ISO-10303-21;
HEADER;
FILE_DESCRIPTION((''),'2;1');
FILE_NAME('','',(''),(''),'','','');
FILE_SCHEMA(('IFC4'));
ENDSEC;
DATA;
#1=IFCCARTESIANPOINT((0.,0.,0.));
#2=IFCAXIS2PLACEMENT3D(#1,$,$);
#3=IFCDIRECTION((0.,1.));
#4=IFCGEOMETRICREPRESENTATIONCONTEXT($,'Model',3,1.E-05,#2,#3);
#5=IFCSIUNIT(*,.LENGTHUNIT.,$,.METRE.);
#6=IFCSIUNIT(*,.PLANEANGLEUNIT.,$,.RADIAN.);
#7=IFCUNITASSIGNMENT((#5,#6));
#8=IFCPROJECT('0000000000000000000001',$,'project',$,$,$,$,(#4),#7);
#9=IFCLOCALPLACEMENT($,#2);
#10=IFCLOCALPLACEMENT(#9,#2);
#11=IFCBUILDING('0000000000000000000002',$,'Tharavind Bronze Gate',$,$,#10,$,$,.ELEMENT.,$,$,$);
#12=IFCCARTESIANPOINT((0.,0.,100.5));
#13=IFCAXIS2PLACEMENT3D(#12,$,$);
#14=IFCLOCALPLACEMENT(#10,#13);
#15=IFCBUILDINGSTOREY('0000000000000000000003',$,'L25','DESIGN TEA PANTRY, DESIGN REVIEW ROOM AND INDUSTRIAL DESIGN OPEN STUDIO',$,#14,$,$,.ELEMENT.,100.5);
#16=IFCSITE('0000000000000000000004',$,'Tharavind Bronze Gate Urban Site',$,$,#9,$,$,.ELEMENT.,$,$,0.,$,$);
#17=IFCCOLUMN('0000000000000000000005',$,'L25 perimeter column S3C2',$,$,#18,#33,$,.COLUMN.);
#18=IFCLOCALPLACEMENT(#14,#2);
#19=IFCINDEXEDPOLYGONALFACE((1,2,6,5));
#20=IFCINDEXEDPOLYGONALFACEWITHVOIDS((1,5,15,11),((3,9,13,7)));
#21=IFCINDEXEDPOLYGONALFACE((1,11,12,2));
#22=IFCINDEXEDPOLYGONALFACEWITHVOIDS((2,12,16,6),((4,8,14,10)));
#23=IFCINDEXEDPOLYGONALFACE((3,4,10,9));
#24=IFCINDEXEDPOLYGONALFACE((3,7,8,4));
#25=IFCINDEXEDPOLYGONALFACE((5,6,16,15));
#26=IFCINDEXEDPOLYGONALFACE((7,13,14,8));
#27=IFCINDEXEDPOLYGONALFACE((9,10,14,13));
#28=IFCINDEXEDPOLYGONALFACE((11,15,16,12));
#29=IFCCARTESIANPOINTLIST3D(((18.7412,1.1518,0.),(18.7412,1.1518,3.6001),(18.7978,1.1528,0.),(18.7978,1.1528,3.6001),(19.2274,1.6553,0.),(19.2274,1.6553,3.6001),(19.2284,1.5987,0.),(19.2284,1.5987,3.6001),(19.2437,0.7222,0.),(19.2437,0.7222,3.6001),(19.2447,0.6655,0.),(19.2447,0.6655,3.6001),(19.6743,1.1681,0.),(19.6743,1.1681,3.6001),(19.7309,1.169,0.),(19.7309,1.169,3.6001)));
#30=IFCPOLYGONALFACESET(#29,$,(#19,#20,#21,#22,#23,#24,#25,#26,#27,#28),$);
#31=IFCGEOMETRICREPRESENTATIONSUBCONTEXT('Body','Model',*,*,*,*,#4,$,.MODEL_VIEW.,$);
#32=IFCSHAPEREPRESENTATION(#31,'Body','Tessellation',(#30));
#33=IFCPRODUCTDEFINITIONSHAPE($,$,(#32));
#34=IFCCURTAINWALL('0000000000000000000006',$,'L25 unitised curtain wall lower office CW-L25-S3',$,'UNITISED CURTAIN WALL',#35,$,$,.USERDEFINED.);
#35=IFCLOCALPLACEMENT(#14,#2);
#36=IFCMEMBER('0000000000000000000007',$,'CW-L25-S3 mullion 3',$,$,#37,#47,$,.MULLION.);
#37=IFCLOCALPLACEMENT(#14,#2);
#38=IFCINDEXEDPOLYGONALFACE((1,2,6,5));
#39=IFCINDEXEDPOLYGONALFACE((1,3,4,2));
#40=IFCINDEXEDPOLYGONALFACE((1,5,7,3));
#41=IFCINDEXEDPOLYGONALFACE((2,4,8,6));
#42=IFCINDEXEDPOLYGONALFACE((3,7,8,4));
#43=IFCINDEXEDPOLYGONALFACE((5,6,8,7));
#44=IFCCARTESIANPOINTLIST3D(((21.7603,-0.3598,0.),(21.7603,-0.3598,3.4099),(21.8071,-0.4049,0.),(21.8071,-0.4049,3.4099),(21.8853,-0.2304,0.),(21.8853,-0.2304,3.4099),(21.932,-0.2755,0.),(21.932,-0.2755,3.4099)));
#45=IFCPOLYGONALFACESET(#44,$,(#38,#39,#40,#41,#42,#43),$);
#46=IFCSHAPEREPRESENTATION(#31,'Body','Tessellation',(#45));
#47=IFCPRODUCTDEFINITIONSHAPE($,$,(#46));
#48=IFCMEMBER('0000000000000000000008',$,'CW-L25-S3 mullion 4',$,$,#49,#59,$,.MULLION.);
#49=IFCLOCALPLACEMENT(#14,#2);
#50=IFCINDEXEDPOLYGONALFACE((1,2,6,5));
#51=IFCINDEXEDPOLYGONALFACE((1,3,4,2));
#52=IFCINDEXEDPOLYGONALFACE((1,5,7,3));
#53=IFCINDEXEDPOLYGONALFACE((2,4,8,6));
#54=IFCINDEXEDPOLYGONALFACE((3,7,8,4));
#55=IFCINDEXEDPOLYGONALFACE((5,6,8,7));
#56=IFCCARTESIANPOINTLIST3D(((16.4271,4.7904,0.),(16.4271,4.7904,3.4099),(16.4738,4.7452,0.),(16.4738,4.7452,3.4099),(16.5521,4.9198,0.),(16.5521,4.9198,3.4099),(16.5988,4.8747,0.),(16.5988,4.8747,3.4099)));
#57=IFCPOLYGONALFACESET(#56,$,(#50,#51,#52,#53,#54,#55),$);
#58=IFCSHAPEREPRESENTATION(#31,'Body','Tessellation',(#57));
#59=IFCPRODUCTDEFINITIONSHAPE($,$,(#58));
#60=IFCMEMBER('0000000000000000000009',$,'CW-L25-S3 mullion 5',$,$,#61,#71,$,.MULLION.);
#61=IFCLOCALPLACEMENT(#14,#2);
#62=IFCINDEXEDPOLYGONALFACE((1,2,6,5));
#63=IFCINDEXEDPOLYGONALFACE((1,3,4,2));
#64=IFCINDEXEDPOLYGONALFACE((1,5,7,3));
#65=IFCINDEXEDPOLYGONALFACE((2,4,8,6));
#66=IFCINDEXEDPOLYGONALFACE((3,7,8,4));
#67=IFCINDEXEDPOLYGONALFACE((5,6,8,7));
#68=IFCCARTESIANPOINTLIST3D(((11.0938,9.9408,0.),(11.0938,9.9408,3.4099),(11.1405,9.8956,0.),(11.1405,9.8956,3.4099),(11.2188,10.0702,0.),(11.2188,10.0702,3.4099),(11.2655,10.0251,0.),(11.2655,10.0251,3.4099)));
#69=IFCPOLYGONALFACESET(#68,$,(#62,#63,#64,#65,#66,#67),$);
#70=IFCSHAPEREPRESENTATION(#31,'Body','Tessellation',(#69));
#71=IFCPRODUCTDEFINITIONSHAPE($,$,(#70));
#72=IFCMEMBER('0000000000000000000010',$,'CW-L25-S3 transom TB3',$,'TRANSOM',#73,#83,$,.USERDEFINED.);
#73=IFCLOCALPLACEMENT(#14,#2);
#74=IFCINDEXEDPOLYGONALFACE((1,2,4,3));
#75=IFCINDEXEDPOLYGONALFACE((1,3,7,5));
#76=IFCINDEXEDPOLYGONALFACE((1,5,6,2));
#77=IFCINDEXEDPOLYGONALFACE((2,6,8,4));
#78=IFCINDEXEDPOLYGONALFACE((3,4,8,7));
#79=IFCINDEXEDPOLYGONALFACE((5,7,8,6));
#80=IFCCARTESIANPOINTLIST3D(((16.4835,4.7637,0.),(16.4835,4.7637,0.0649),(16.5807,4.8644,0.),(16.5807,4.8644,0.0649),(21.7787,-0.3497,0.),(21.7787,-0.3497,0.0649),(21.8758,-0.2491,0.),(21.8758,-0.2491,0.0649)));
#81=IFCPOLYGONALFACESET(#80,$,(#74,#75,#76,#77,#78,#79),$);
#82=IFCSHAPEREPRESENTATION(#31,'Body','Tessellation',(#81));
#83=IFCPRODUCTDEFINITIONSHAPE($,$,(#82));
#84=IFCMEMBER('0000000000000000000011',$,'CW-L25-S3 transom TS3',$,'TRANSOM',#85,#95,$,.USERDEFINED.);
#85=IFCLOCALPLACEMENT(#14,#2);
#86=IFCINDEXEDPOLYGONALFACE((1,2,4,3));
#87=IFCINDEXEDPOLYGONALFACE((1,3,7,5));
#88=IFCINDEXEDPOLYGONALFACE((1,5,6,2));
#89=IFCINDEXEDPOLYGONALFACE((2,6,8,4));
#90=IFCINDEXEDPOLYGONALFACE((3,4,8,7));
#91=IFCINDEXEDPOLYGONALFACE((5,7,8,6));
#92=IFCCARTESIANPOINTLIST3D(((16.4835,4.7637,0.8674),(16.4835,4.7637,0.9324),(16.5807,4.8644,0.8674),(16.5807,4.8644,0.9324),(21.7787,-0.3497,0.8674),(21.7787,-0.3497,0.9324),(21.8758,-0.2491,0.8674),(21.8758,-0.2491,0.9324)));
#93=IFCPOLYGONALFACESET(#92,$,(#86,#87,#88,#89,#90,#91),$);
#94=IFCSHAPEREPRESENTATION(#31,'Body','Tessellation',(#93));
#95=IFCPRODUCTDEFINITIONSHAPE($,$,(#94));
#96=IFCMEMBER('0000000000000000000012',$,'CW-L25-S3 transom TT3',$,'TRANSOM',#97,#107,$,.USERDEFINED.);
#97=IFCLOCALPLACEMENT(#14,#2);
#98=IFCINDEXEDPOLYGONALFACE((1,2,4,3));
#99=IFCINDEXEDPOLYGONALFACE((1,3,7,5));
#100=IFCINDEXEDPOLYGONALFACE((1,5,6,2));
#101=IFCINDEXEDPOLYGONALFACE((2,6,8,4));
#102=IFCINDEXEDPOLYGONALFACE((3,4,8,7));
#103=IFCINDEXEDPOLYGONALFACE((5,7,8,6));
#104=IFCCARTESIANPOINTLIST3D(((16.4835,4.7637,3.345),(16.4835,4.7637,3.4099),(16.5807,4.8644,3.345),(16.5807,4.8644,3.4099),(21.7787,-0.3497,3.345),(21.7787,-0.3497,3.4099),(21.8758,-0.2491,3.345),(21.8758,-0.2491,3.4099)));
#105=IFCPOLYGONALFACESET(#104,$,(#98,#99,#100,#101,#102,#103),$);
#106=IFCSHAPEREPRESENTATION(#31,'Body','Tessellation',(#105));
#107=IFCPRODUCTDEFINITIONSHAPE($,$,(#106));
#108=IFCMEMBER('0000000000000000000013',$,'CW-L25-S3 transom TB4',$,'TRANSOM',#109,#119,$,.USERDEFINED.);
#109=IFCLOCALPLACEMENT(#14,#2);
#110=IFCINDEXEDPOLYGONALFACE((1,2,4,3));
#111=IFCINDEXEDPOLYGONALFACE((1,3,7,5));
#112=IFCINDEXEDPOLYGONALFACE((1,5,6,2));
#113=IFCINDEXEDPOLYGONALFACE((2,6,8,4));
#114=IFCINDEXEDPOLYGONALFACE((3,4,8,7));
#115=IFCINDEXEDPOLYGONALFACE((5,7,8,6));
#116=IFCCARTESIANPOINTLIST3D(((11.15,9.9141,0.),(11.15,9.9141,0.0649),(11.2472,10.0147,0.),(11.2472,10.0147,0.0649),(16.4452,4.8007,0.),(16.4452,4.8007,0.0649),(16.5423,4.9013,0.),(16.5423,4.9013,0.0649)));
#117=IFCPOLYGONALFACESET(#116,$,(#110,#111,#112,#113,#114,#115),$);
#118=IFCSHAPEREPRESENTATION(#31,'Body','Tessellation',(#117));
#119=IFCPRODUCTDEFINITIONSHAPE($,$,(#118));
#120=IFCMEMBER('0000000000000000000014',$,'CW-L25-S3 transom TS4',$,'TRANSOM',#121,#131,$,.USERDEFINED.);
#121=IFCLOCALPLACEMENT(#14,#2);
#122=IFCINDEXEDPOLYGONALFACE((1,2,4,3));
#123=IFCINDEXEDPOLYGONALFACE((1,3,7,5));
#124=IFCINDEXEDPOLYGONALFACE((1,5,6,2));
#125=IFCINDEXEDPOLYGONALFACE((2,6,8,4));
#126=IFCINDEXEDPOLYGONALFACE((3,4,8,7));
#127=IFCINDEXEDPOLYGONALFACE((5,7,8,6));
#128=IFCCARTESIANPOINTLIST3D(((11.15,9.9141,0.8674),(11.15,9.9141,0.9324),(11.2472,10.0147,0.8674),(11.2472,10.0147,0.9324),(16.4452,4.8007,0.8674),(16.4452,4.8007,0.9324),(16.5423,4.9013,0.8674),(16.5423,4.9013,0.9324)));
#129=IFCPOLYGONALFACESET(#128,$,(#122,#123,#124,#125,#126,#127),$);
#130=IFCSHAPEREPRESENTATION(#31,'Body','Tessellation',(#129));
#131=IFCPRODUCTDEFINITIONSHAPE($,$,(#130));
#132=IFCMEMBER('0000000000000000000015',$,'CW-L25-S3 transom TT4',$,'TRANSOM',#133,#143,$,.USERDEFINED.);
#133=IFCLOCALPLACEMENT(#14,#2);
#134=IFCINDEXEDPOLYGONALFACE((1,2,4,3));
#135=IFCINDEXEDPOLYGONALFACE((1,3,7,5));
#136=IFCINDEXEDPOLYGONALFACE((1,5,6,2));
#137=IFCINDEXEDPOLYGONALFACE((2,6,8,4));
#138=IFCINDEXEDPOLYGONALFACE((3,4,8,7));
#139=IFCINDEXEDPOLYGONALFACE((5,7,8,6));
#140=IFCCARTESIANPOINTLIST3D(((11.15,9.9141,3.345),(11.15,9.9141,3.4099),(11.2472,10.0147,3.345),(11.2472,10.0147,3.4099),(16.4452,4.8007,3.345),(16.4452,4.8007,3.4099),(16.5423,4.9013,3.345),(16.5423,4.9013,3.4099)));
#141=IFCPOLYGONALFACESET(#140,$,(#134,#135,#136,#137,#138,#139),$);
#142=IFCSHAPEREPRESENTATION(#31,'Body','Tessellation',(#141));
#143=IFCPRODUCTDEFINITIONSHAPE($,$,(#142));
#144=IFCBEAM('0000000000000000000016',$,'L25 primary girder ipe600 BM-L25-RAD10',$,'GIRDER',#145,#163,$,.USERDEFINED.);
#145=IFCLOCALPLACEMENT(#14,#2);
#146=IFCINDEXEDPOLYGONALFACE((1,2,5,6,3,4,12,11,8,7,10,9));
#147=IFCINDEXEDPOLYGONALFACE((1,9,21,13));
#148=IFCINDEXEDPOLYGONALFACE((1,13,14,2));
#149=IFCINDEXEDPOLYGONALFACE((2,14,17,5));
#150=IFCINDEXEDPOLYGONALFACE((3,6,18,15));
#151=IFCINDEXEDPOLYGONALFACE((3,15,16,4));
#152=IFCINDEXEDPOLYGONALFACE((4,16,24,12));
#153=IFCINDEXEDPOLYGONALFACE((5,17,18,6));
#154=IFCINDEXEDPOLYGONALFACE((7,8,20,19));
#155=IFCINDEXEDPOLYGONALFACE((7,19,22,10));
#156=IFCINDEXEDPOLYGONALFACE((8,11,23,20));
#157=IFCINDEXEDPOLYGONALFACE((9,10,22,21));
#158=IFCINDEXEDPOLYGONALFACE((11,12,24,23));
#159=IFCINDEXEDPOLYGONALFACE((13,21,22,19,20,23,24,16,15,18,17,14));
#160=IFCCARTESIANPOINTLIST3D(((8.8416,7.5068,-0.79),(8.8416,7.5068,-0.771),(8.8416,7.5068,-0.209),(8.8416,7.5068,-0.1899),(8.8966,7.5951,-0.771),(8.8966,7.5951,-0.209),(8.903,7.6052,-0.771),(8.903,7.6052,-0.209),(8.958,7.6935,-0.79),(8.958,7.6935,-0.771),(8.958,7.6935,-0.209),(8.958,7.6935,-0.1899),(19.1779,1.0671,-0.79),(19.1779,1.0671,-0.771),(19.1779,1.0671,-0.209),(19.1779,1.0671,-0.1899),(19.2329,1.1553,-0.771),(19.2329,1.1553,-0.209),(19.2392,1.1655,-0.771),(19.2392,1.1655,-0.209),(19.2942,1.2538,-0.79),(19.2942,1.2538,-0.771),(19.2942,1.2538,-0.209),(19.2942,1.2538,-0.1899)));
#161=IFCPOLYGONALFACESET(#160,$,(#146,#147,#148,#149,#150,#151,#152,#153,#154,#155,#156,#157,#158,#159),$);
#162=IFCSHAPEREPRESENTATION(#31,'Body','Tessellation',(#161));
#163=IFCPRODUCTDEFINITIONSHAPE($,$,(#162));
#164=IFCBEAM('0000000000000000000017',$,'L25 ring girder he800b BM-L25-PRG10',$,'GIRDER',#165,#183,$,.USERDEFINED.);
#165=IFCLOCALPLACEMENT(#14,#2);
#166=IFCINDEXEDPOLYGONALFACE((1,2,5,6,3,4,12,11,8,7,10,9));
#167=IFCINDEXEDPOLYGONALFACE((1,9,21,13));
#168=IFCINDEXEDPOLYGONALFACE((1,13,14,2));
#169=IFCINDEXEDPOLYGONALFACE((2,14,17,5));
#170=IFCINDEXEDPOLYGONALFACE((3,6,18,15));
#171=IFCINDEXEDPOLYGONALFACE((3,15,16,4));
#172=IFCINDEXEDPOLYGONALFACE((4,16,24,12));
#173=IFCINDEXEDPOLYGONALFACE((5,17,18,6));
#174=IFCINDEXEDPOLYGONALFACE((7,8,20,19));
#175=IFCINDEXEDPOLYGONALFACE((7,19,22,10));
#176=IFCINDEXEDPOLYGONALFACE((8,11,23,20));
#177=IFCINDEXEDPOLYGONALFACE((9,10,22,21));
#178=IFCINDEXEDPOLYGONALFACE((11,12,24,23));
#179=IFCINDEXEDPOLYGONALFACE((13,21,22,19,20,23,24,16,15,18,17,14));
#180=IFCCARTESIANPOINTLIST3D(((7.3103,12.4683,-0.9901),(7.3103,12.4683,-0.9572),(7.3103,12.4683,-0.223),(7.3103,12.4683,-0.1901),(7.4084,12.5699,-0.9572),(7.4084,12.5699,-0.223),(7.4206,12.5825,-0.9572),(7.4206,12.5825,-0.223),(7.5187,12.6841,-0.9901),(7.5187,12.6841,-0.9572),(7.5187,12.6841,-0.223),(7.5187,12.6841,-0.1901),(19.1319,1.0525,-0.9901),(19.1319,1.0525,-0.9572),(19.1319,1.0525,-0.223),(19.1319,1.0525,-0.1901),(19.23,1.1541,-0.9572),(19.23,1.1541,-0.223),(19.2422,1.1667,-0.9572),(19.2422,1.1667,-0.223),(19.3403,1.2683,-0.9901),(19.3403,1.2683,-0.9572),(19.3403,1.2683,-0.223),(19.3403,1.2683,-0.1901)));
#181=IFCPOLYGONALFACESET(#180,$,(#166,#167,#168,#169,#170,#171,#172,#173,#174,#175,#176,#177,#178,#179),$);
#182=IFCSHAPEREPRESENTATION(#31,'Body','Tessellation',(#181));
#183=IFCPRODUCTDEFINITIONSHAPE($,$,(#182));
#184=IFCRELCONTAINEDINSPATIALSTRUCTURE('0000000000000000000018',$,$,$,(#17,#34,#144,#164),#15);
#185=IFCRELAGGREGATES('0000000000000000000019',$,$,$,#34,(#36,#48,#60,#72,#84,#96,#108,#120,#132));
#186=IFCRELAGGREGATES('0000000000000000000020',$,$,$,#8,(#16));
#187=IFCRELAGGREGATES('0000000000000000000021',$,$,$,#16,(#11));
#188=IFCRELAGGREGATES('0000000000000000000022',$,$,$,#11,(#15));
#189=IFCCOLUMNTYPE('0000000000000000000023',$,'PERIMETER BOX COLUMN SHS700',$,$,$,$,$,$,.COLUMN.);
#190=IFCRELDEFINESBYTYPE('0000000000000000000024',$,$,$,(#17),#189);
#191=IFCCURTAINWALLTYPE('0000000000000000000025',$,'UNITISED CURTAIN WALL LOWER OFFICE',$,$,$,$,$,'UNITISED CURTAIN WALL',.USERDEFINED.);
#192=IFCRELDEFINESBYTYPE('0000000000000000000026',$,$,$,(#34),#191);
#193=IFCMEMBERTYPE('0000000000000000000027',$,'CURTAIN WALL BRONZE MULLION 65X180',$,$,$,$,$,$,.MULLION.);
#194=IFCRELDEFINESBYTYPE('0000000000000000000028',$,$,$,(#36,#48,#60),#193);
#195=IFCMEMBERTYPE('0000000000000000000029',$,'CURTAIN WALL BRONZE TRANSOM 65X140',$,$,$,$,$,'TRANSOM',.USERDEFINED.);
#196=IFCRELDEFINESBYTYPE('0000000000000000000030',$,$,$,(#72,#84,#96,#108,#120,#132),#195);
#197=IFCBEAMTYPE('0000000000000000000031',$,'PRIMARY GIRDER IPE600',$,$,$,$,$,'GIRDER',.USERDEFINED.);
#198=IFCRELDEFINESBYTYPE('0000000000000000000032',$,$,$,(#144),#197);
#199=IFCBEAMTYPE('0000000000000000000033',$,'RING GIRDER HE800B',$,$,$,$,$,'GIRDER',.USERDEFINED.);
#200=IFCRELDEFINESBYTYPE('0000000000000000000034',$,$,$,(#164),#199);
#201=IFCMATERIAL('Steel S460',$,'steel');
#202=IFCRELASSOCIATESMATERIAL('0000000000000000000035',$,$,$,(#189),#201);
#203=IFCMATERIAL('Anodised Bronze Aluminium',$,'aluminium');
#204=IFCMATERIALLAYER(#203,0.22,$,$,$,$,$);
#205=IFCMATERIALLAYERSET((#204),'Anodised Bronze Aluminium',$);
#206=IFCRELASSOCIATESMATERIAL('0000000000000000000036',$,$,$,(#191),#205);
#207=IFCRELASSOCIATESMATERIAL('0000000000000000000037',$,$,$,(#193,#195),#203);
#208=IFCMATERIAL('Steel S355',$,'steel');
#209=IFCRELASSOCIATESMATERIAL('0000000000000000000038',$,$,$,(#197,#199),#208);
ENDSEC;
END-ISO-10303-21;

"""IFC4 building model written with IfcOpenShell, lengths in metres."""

from ifc_helpers import new_model, si_unit, direction, frame, origin, origin_2d, place, context, subcontext, project, spatial, rectangle, hollow_rectangle, i_section, extrude, material, layer, layer_set, material_profile, profile_set, type_object, element, aggregate, save


model = new_model("IFC4")

# Units and contexts
model_context = context("Model", 3, precision=1e-05, world=origin(), true_north=direction((0.0, 1.0)))
body_context = subcontext(model_context, "Body", "Model", "MODEL_VIEW")
ifc_project = project(units=[si_unit("LENGTHUNIT", "METRE"), si_unit("PLANEANGLEUNIT", "RADIAN")], contexts=[model_context])

# Site, building, storey
site_placement = place(None, origin())
site = spatial("IfcSite", under=ifc_project, at=site_placement, Name="Tharavind Bronze Gate Urban Site", CompositionType="ELEMENT", RefElevation=0.0)
building_placement = place(site_placement, origin())
building = spatial("IfcBuilding", under=site, at=building_placement, Name="Tharavind Bronze Gate", CompositionType="ELEMENT")
storey_placement = place(building_placement, frame((0.0, 0.0, 100.5)))
storey = spatial("IfcBuildingStorey", under=building, at=storey_placement, Name="L25", Description="DESIGN TEA PANTRY, DESIGN REVIEW ROOM AND INDUSTRIAL DESIGN OPEN STUDIO", CompositionType="ELEMENT", Elevation=100.5)

# Column
ifc_material_1 = material(Name="Steel S460", Category="steel")
ifc_material_profile_1 = material_profile(ifc_material_1, hollow_rectangle(XDim=0.7, YDim=0.7, WallThickness=0.04, at=origin_2d()), Name="SHS700X40")
ifc_profile_set_1 = profile_set([ifc_material_profile_1], Name="Steel S460")
column_type = type_object("IfcColumnType", Name="PERIMETER BOX COLUMN SHS700", PredefinedType="COLUMN", material=ifc_profile_set_1)
column_placement = place(storey_placement, frame((19.2361, 1.1604, 0.0), z_axis=(0.0, 0.0, 1.0), x_axis=(-0.71934, 0.694658, 0.0)))
element("IfcColumn", 1, at=column_placement, inside=storey, type_object=column_type, Name="L25 perimeter column S3C2", PredefinedType="COLUMN", context=body_context, shape_type="SweptSolid", body=[
    extrude(hollow_rectangle(XDim=0.7, YDim=0.7, WallThickness=0.04, at=origin_2d()), origin(), (0.0, 0.0, 1.0), 3.6001),
])

# Curtain wall, members
ifc_material_2 = material(Name="Anodised Bronze Aluminium", Category="aluminium")
ifc_layer_1 = layer(ifc_material_2, 0.22)
ifc_layer_set_1 = layer_set([ifc_layer_1], Name="Anodised Bronze Aluminium")
curtain_wall_type = type_object("IfcCurtainWallType", Name="UNITISED CURTAIN WALL LOWER OFFICE", ElementType="UNITISED CURTAIN WALL", PredefinedType="USERDEFINED", material=ifc_layer_set_1)
curtain_wall_placement = place(storey_placement, origin())
curtain_wall = element("IfcCurtainWall", 2, at=curtain_wall_placement, inside=storey, type_object=curtain_wall_type, Name="L25 unitised curtain wall lower office CW-L25-S3", ObjectType="UNITISED CURTAIN WALL", PredefinedType="USERDEFINED")
member_type_1 = type_object("IfcMemberType", Name="CURTAIN WALL BRONZE MULLION 65X180", PredefinedType="MULLION", material=ifc_material_2)
member_1_placement = place(storey_placement, frame((21.8462, -0.3176, 0.0), z_axis=(0.0, 0.0, 1.0), x_axis=(-0.719341, 0.694657, 0.0)))
member_1 = element("IfcMember", 3, at=member_1_placement, type_object=member_type_1, Name="CW-L25-S3 mullion 3", PredefinedType="MULLION", context=body_context, shape_type="SweptSolid", body=[
    extrude(rectangle(XDim=0.0649, YDim=0.1799, at=origin_2d()), origin(), (0.0, 0.0, 1.0), 3.4099),
])
member_2_placement = place(storey_placement, frame((16.5129, 4.8325, 0.0), z_axis=(0.0, 0.0, 1.0), x_axis=(-0.719341, 0.694657, 0.0)))
member_2 = element("IfcMember", 4, at=member_2_placement, type_object=member_type_1, Name="CW-L25-S3 mullion 4", PredefinedType="MULLION", context=body_context, shape_type="SweptSolid", body=[
    extrude(rectangle(XDim=0.0649, YDim=0.1799, at=origin_2d()), origin(), (0.0, 0.0, 1.0), 3.4099),
])
member_3_placement = place(storey_placement, frame((11.1797, 9.9829, 0.0), z_axis=(0.0, 0.0, 1.0), x_axis=(-0.719341, 0.694657, 0.0)))
member_3 = element("IfcMember", 5, at=member_3_placement, type_object=member_type_1, Name="CW-L25-S3 mullion 5", PredefinedType="MULLION", context=body_context, shape_type="SweptSolid", body=[
    extrude(rectangle(XDim=0.0649, YDim=0.1799, at=origin_2d()), origin(), (0.0, 0.0, 1.0), 3.4099),
])
member_type_2 = type_object("IfcMemberType", Name="CURTAIN WALL BRONZE TRANSOM 65X140", ElementType="TRANSOM", PredefinedType="USERDEFINED", material=ifc_material_2)
member_4_placement = place(storey_placement, frame((19.1797, 2.2573, 0.0), z_axis=(0.0, 0.0, 1.0), x_axis=(-0.719341, 0.694657, 0.0)))
member_4 = element("IfcMember", 6, at=member_4_placement, type_object=member_type_2, Name="CW-L25-S3 transom TB3", ObjectType="TRANSOM", PredefinedType="USERDEFINED", context=body_context, shape_type="SweptSolid", body=[
    extrude(rectangle(XDim=7.3611, YDim=0.1399, at=origin_2d()), origin(), (0.0, 0.0, 1.0), 0.0649),
])
member_5_placement = place(storey_placement, frame((19.1797, 2.2573, 0.8674), z_axis=(0.0, 0.0, 1.0), x_axis=(-0.719341, 0.694657, 0.0)))
member_5 = element("IfcMember", 7, at=member_5_placement, type_object=member_type_2, Name="CW-L25-S3 transom TS3", ObjectType="TRANSOM", PredefinedType="USERDEFINED", context=body_context, shape_type="SweptSolid", body=[
    extrude(rectangle(XDim=7.3611, YDim=0.1399, at=origin_2d()), origin(), (0.0, 0.0, 1.0), 0.0649),
])
member_6_placement = place(storey_placement, frame((19.1797, 2.2573, 3.345), z_axis=(0.0, 0.0, 1.0), x_axis=(-0.719341, 0.694657, 0.0)))
member_6 = element("IfcMember", 8, at=member_6_placement, type_object=member_type_2, Name="CW-L25-S3 transom TT3", ObjectType="TRANSOM", PredefinedType="USERDEFINED", context=body_context, shape_type="SweptSolid", body=[
    extrude(rectangle(XDim=7.3611, YDim=0.1399, at=origin_2d()), origin(), (0.0, 0.0, 1.0), 0.0649),
])
member_7_placement = place(storey_placement, frame((13.8462, 7.4077, 0.0), z_axis=(0.0, 0.0, 1.0), x_axis=(-0.719341, 0.694657, 0.0)))
member_7 = element("IfcMember", 9, at=member_7_placement, type_object=member_type_2, Name="CW-L25-S3 transom TB4", ObjectType="TRANSOM", PredefinedType="USERDEFINED", context=body_context, shape_type="SweptSolid", body=[
    extrude(rectangle(XDim=7.3611, YDim=0.1399, at=origin_2d()), origin(), (0.0, 0.0, 1.0), 0.0649),
])
member_8_placement = place(storey_placement, frame((13.8462, 7.4077, 0.8674), z_axis=(0.0, 0.0, 1.0), x_axis=(-0.719341, 0.694657, 0.0)))
member_8 = element("IfcMember", 10, at=member_8_placement, type_object=member_type_2, Name="CW-L25-S3 transom TS4", ObjectType="TRANSOM", PredefinedType="USERDEFINED", context=body_context, shape_type="SweptSolid", body=[
    extrude(rectangle(XDim=7.3611, YDim=0.1399, at=origin_2d()), origin(), (0.0, 0.0, 1.0), 0.0649),
])
member_9_placement = place(storey_placement, frame((13.8462, 7.4077, 3.345), z_axis=(0.0, 0.0, 1.0), x_axis=(-0.719341, 0.694657, 0.0)))
member_9 = element("IfcMember", 11, at=member_9_placement, type_object=member_type_2, Name="CW-L25-S3 transom TT4", ObjectType="TRANSOM", PredefinedType="USERDEFINED", context=body_context, shape_type="SweptSolid", body=[
    extrude(rectangle(XDim=7.3611, YDim=0.1399, at=origin_2d()), origin(), (0.0, 0.0, 1.0), 0.0649),
])

# Beams
ifc_material_3 = material(Name="Steel S355", Category="steel")
ifc_material_profile_2 = material_profile(ifc_material_3, i_section(OverallWidth=0.22, OverallDepth=0.6001, WebThickness=0.012, FlangeThickness=0.019, at=origin_2d()), Name="IPE600")
ifc_profile_set_2 = profile_set([ifc_material_profile_2], Name="Steel S355")
beam_type_1 = type_object("IfcBeamType", Name="PRIMARY GIRDER IPE600", ElementType="GIRDER", PredefinedType="USERDEFINED", material=ifc_profile_set_2)
beam_1_placement = place(storey_placement, frame((19.2361, 1.1604, -0.49), z_axis=(-0.848751, 0.528793, 0.0), x_axis=(-0.528793, -0.848751, 0.0)))
element("IfcBeam", 12, at=beam_1_placement, inside=storey, type_object=beam_type_1, Name="L25 primary girder ipe600 BM-L25-RAD10", ObjectType="GIRDER", PredefinedType="USERDEFINED", context=body_context, shape_type="SweptSolid", body=[
    extrude(i_section(OverallWidth=0.22, OverallDepth=0.6001, WebThickness=0.012, FlangeThickness=0.019, at=origin_2d()), origin(), (0.0, 0.0, 1.0), 12.1782),
])
ifc_material_profile_3 = material_profile(ifc_material_3, i_section(OverallWidth=0.3, OverallDepth=0.8, WebThickness=0.0176, FlangeThickness=0.033, at=origin_2d()), Name="HE800B")
ifc_profile_set_3 = profile_set([ifc_material_profile_3], Name="Steel S355")
beam_type_2 = type_object("IfcBeamType", Name="RING GIRDER HE800B", ElementType="GIRDER", PredefinedType="USERDEFINED", material=ifc_profile_set_3)
beam_2_placement = place(storey_placement, frame((19.2361, 1.1604, -0.5901), z_axis=(-0.719344, 0.694654, 0.0), x_axis=(-0.694654, -0.719344, 0.0)))
element("IfcBeam", 13, at=beam_2_placement, inside=storey, type_object=beam_type_2, Name="L25 ring girder he800b BM-L25-PRG10", ObjectType="GIRDER", PredefinedType="USERDEFINED", context=body_context, shape_type="SweptSolid", body=[
    extrude(i_section(OverallWidth=0.3, OverallDepth=0.8, WebThickness=0.0176, FlangeThickness=0.033, at=origin_2d()), origin(), (0.0, 0.0, 1.0), 16.4338),
])

aggregate(curtain_wall, [member_1, member_2, member_3, member_4, member_5, member_6, member_7, member_8, member_9])

save(model, "model.ifc")
